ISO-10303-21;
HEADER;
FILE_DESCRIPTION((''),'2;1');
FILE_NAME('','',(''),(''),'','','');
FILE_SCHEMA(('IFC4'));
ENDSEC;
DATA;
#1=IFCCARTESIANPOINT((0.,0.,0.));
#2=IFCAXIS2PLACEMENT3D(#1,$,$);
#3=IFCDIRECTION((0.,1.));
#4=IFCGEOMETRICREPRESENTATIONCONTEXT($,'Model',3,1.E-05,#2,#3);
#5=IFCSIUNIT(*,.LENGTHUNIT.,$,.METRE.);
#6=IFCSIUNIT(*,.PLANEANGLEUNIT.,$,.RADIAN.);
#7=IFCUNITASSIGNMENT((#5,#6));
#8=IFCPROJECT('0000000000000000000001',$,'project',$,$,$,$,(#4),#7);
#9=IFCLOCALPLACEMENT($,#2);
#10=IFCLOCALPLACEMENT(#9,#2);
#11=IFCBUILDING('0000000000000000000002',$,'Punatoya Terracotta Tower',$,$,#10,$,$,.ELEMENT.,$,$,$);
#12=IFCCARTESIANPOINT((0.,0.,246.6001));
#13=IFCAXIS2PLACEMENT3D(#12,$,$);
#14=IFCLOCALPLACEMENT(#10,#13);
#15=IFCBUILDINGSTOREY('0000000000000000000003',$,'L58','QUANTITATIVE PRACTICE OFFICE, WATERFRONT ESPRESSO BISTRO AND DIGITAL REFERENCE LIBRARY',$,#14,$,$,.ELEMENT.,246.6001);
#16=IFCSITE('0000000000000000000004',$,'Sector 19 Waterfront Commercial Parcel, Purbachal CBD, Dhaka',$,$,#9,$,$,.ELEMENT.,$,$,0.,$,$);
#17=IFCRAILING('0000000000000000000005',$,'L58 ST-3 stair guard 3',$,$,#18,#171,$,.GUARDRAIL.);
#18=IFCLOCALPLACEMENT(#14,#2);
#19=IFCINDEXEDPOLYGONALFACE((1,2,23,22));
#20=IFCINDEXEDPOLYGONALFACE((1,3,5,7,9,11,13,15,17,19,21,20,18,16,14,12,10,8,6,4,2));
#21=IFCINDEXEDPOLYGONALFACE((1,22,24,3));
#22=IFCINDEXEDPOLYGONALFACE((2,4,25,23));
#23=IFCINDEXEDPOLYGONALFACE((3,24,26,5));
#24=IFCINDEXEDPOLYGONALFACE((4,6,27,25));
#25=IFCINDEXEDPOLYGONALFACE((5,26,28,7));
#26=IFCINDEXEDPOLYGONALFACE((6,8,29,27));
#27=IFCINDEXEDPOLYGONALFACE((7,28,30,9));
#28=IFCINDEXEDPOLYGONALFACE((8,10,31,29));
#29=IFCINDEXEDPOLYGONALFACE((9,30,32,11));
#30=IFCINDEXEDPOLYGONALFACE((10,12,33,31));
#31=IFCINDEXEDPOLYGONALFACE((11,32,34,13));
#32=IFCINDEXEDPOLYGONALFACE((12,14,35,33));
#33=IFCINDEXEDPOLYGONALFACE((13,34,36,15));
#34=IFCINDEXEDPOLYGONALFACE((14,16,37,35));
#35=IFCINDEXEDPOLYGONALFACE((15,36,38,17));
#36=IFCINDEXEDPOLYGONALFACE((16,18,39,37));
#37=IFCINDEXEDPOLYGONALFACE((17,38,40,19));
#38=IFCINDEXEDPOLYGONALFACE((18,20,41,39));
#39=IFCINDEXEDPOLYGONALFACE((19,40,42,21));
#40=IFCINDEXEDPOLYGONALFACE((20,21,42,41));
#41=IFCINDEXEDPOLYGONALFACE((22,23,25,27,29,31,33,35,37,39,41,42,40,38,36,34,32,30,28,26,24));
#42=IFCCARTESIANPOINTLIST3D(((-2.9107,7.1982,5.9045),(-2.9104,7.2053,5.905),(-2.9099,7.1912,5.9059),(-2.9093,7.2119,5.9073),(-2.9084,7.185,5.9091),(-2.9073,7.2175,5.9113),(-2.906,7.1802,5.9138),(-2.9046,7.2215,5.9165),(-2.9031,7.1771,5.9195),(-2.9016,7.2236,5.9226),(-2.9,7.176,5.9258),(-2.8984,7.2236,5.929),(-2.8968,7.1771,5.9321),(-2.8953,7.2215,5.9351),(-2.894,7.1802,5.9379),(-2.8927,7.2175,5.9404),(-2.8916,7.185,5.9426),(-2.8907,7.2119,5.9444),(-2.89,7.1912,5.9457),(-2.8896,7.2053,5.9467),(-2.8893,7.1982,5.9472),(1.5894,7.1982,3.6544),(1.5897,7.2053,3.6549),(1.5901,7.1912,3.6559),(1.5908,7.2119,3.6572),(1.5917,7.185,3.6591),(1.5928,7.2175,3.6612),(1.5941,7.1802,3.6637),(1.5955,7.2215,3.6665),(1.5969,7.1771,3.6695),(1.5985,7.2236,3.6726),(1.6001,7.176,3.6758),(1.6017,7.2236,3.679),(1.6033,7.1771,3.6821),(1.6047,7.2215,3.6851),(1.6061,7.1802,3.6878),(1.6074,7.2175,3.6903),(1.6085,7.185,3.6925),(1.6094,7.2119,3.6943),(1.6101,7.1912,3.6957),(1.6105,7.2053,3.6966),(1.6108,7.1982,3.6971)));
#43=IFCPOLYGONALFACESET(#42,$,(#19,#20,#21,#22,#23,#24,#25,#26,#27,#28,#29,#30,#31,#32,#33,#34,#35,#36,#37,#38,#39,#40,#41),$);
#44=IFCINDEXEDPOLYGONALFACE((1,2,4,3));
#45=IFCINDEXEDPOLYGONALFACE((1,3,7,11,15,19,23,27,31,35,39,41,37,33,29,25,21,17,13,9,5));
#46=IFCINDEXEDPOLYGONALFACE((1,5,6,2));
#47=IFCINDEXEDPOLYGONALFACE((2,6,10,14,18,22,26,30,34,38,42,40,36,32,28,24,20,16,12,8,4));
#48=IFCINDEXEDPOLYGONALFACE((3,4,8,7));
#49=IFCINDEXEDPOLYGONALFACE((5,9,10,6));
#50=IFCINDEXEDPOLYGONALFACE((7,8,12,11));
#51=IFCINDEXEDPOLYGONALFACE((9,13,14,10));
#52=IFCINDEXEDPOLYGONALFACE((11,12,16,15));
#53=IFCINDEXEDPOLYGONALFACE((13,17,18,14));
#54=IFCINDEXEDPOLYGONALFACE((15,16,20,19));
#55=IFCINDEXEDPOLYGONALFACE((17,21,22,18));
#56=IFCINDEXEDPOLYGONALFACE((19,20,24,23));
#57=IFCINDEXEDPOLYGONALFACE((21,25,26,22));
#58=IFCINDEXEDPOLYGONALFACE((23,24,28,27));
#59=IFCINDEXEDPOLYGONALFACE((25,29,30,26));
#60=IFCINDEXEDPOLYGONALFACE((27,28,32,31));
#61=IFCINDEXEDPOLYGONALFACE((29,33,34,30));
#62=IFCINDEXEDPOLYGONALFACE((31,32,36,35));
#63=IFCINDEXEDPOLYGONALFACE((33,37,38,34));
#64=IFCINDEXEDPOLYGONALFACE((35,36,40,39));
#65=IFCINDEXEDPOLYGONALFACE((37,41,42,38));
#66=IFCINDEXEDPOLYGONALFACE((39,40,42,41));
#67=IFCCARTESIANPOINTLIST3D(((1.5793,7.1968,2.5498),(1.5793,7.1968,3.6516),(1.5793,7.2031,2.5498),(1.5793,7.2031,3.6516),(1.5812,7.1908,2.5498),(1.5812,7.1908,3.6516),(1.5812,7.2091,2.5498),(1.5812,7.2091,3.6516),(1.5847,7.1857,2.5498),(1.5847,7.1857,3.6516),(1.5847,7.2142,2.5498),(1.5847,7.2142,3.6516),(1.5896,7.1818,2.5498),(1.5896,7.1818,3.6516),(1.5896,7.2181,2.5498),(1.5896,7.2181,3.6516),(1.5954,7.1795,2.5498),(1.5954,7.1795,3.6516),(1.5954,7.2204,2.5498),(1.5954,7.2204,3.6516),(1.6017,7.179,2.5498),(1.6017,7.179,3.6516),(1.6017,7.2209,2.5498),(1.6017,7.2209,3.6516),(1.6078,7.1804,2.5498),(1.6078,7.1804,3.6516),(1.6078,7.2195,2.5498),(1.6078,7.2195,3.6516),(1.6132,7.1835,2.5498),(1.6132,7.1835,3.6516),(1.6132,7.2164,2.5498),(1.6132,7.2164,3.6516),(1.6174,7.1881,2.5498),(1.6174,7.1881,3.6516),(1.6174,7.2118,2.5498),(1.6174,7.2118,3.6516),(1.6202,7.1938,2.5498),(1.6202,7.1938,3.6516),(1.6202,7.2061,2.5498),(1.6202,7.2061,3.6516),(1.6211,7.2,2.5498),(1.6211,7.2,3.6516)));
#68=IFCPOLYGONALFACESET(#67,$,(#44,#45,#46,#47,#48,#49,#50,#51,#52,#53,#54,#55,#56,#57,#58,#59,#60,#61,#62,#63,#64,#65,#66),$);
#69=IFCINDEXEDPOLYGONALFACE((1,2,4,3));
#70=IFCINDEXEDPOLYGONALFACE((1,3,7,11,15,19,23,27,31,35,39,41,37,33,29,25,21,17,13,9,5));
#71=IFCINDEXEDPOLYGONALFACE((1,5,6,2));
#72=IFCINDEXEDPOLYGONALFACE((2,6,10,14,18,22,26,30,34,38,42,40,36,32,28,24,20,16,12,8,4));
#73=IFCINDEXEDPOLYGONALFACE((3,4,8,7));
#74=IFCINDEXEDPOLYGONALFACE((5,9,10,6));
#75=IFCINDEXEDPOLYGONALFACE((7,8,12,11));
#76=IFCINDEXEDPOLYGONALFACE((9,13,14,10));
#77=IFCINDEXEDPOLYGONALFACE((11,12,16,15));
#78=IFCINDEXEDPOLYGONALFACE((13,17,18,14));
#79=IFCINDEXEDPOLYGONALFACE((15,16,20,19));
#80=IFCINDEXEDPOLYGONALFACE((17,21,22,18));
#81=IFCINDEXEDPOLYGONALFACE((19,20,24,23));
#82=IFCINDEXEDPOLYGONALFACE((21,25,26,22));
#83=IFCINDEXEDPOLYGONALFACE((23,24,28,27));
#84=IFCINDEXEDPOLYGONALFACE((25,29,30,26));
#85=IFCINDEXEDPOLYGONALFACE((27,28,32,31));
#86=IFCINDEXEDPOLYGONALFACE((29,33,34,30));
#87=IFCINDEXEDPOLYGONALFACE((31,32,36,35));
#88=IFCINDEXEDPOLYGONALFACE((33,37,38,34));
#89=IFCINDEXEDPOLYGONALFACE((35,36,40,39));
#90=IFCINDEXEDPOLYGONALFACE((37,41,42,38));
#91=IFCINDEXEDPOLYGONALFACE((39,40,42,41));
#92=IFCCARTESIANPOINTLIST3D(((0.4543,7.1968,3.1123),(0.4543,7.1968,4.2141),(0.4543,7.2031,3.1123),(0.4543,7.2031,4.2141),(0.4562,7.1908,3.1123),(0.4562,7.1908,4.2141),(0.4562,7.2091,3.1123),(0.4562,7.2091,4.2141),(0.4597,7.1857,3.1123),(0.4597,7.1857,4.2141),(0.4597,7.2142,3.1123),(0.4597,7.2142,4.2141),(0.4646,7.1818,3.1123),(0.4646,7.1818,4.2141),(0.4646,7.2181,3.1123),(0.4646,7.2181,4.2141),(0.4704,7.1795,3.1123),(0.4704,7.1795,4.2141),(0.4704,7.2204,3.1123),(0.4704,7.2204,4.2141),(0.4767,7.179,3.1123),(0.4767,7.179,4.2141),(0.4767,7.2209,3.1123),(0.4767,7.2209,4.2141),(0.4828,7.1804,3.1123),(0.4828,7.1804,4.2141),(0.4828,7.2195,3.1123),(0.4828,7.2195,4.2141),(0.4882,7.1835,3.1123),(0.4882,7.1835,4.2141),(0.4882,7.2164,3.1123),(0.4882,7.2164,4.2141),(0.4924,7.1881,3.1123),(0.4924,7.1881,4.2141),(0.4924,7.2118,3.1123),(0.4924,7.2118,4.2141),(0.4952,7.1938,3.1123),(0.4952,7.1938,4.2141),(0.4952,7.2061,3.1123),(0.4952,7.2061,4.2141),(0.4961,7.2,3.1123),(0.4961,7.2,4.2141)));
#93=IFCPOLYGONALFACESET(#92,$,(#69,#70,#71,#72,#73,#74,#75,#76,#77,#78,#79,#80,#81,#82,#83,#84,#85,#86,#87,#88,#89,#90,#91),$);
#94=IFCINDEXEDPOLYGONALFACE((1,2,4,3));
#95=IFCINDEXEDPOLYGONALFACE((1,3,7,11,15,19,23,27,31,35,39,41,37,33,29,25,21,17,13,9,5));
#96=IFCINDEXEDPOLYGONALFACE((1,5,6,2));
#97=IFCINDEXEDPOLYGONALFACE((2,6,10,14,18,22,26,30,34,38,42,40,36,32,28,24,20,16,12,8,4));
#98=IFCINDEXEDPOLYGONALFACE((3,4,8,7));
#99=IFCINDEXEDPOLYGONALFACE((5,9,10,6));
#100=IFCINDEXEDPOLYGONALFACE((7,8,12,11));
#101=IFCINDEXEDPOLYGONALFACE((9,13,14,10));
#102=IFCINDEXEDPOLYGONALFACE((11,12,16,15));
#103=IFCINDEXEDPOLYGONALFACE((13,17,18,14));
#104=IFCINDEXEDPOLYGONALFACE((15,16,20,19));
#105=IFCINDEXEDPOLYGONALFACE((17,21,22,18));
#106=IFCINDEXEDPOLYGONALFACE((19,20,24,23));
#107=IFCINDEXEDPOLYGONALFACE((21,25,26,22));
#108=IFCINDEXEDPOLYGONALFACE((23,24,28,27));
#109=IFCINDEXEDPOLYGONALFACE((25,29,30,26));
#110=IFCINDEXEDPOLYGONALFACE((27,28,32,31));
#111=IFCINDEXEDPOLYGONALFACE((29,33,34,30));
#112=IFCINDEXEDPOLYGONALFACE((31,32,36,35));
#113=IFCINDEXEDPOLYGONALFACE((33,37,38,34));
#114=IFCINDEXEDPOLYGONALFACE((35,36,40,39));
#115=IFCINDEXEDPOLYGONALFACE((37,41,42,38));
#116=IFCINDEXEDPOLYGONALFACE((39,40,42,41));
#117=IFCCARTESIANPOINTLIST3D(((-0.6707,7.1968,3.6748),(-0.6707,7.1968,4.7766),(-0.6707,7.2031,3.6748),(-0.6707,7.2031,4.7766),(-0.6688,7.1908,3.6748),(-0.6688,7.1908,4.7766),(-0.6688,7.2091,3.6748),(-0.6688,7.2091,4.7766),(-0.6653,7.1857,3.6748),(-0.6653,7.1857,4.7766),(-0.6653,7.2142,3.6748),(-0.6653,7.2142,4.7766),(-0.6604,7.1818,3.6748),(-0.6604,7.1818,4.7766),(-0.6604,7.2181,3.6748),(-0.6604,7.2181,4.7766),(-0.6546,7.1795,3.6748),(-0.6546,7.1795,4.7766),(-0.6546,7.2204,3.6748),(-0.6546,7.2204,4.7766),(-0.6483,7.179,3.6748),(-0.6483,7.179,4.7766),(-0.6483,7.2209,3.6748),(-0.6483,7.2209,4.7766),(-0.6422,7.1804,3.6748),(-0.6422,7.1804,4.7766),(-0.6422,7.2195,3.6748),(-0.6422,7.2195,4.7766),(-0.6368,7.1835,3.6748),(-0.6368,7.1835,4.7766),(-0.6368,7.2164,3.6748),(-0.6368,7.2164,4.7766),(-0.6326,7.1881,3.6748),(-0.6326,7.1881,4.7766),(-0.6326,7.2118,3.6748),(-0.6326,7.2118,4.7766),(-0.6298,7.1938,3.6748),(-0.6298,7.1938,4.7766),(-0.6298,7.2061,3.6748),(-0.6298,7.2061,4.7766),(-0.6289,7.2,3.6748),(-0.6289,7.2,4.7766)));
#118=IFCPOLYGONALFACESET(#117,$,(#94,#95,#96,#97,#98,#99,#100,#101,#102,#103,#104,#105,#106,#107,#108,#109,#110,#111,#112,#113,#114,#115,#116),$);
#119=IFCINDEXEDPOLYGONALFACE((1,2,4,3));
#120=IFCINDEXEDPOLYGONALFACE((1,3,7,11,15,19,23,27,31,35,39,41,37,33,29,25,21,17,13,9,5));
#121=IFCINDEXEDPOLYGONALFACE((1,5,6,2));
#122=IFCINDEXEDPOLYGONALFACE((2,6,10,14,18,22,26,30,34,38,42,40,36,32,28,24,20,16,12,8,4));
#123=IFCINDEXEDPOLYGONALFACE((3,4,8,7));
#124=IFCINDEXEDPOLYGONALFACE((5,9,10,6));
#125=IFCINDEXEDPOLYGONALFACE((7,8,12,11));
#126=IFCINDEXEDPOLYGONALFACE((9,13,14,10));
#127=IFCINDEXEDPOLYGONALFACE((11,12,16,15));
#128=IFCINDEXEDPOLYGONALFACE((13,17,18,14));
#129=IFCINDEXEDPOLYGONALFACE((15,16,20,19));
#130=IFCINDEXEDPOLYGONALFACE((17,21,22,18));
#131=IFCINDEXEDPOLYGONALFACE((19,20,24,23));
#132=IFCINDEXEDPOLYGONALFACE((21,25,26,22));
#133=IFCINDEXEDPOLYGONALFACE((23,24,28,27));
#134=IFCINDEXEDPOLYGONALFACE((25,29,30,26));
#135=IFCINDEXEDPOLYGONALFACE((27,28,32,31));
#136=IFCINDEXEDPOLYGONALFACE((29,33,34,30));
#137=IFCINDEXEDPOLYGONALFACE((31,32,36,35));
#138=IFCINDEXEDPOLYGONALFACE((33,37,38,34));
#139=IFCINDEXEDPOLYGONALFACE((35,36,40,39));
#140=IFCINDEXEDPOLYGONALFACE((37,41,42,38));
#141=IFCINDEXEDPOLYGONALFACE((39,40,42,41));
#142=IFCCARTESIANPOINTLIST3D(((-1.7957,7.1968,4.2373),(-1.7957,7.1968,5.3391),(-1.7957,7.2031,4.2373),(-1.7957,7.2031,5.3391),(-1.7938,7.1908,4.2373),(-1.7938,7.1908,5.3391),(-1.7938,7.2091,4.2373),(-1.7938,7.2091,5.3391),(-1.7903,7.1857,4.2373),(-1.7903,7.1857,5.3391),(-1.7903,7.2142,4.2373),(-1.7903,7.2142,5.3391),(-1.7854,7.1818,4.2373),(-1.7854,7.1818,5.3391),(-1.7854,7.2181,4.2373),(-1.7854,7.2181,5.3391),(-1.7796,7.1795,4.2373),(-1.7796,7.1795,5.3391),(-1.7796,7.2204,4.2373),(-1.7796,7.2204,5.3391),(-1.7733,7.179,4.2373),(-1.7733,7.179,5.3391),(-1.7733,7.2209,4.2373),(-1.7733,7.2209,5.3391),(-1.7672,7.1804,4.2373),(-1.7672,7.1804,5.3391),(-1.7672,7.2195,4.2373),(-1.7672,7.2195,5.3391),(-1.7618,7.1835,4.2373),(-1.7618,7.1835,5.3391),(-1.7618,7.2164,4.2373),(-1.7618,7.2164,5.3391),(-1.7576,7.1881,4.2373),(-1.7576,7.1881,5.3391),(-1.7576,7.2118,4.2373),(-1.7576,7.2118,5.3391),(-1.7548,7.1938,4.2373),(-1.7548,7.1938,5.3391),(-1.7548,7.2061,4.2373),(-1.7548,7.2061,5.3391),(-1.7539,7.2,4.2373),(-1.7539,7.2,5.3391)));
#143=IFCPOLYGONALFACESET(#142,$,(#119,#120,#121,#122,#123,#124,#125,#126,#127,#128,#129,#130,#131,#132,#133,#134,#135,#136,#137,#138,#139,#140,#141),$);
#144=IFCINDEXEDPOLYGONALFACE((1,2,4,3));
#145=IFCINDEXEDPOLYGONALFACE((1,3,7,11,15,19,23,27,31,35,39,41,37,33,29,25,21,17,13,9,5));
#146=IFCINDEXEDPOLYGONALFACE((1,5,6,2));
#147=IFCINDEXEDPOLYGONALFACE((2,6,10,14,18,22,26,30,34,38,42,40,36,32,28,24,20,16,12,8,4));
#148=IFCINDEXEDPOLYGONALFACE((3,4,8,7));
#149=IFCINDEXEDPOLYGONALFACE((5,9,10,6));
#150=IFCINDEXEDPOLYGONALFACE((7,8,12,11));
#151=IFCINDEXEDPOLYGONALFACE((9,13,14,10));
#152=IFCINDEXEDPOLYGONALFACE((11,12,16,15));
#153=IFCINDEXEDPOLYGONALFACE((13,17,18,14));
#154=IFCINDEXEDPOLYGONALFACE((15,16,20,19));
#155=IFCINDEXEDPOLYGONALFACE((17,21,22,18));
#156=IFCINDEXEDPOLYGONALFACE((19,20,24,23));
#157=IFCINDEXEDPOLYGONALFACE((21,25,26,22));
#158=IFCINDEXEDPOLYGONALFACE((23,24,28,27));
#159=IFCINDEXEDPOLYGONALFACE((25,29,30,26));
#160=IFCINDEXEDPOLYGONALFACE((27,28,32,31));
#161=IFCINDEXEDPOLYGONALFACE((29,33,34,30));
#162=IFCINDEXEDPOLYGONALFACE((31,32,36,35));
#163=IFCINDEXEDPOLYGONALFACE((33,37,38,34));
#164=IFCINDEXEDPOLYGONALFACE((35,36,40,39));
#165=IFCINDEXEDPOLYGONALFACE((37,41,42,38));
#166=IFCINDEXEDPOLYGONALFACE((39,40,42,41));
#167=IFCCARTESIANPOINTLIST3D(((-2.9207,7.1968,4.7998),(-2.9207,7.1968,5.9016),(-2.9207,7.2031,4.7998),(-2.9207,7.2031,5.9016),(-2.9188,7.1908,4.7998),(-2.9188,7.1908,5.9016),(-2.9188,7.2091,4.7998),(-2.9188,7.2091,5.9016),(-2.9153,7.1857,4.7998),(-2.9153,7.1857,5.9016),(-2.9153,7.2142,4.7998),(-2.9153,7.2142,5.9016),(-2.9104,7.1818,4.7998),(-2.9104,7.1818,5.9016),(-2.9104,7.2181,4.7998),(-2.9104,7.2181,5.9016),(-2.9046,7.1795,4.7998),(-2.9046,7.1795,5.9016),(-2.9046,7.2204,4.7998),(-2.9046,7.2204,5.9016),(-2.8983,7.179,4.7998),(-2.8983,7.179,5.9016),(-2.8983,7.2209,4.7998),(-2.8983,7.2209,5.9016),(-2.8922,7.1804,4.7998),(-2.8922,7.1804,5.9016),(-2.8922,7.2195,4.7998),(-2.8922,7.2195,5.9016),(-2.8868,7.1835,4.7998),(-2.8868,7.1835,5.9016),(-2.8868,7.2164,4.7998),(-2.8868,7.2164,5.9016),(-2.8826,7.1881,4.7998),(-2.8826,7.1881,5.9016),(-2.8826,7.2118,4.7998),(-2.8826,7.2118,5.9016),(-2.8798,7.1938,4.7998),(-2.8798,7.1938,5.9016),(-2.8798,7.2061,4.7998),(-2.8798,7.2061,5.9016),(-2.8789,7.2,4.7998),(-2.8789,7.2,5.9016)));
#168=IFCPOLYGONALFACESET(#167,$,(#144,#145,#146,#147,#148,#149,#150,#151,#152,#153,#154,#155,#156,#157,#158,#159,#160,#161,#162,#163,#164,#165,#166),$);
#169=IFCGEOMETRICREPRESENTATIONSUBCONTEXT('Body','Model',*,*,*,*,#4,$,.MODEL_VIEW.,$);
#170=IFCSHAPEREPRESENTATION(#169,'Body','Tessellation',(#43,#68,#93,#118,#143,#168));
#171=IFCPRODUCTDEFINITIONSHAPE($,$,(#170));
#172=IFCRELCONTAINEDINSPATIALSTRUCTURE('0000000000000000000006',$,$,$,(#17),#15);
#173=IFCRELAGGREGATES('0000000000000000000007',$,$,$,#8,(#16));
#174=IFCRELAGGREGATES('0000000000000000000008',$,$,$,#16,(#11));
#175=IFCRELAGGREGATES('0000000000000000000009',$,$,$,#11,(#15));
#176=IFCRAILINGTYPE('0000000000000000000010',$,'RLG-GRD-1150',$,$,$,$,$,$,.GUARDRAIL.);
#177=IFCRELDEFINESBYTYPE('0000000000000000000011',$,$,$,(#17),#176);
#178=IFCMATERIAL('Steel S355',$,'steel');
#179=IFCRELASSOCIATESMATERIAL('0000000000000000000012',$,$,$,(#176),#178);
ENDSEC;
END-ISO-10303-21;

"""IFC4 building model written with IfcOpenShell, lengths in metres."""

from ifc_helpers import new_model, si_unit, direction, frame, origin, origin_2d, place, context, subcontext, project, spatial, circle, extrude, material, type_object, element, save


model = new_model("IFC4")

# Units and contexts
model_context = context("Model", 3, precision=1e-05, world=origin(), true_north=direction((0.0, 1.0)))
body_context = subcontext(model_context, "Body", "Model", "MODEL_VIEW")
ifc_project = project(units=[si_unit("LENGTHUNIT", "METRE"), si_unit("PLANEANGLEUNIT", "RADIAN")], contexts=[model_context])

# Site, building, storey
site_placement = place(None, origin())
site = spatial("IfcSite", under=ifc_project, at=site_placement, Name="Sector 19 Waterfront Commercial Parcel, Purbachal CBD, Dhaka", CompositionType="ELEMENT", RefElevation=0.0)
building_placement = place(site_placement, origin())
building = spatial("IfcBuilding", under=site, at=building_placement, Name="Punatoya Terracotta Tower", CompositionType="ELEMENT")
storey_placement = place(building_placement, frame((0.0, 0.0, 246.6001)))
storey = spatial("IfcBuildingStorey", under=building, at=storey_placement, Name="L58", Description="QUANTITATIVE PRACTICE OFFICE, WATERFRONT ESPRESSO BISTRO AND DIGITAL REFERENCE LIBRARY", CompositionType="ELEMENT", Elevation=246.6001)

# Shared definitions
ifc_material_1 = material(Name="Steel S355", Category="steel")

# Railing
railing_type_1 = type_object("IfcRailingType", Name="RLG-GRD-1150", PredefinedType="GUARDRAIL", material=ifc_material_1)
railing_1_placement = place(storey_placement, frame((1.6001, 7.2, 2.5498)))
element("IfcRailing", 1, at=railing_1_placement, inside=storey, type_object=railing_type_1, Name="L58 ST-3 stair guard 3", PredefinedType="GUARDRAIL", context=body_context, shape_type="SweptSolid", body=[
    extrude(circle(Radius=0.0239, at=origin_2d()), frame((0.0, 0.0, 1.126), z_axis=(-0.894427, 0.0, 0.447214), x_axis=(0.0, -1.0, 0.0)), (0.0, 0.0, 1.0), 5.0312),
    extrude(circle(Radius=0.021, at=origin_2d()), origin(), (0.0, 0.0, 1.0), 1.1018),
    extrude(circle(Radius=0.021, at=origin_2d()), frame((-1.125, 0.0, 0.5625)), (0.0, 0.0, 1.0), 1.1018),
    extrude(circle(Radius=0.021, at=origin_2d()), frame((-2.25, 0.0, 1.125)), (0.0, 0.0, 1.0), 1.1018),
    extrude(circle(Radius=0.021, at=origin_2d()), frame((-3.375, 0.0, 1.6875)), (0.0, 0.0, 1.0), 1.1018),
    extrude(circle(Radius=0.021, at=origin_2d()), frame((-4.5, 0.0, 2.25)), (0.0, 0.0, 1.0), 1.1018),
])

save(model, "model.ifc")
